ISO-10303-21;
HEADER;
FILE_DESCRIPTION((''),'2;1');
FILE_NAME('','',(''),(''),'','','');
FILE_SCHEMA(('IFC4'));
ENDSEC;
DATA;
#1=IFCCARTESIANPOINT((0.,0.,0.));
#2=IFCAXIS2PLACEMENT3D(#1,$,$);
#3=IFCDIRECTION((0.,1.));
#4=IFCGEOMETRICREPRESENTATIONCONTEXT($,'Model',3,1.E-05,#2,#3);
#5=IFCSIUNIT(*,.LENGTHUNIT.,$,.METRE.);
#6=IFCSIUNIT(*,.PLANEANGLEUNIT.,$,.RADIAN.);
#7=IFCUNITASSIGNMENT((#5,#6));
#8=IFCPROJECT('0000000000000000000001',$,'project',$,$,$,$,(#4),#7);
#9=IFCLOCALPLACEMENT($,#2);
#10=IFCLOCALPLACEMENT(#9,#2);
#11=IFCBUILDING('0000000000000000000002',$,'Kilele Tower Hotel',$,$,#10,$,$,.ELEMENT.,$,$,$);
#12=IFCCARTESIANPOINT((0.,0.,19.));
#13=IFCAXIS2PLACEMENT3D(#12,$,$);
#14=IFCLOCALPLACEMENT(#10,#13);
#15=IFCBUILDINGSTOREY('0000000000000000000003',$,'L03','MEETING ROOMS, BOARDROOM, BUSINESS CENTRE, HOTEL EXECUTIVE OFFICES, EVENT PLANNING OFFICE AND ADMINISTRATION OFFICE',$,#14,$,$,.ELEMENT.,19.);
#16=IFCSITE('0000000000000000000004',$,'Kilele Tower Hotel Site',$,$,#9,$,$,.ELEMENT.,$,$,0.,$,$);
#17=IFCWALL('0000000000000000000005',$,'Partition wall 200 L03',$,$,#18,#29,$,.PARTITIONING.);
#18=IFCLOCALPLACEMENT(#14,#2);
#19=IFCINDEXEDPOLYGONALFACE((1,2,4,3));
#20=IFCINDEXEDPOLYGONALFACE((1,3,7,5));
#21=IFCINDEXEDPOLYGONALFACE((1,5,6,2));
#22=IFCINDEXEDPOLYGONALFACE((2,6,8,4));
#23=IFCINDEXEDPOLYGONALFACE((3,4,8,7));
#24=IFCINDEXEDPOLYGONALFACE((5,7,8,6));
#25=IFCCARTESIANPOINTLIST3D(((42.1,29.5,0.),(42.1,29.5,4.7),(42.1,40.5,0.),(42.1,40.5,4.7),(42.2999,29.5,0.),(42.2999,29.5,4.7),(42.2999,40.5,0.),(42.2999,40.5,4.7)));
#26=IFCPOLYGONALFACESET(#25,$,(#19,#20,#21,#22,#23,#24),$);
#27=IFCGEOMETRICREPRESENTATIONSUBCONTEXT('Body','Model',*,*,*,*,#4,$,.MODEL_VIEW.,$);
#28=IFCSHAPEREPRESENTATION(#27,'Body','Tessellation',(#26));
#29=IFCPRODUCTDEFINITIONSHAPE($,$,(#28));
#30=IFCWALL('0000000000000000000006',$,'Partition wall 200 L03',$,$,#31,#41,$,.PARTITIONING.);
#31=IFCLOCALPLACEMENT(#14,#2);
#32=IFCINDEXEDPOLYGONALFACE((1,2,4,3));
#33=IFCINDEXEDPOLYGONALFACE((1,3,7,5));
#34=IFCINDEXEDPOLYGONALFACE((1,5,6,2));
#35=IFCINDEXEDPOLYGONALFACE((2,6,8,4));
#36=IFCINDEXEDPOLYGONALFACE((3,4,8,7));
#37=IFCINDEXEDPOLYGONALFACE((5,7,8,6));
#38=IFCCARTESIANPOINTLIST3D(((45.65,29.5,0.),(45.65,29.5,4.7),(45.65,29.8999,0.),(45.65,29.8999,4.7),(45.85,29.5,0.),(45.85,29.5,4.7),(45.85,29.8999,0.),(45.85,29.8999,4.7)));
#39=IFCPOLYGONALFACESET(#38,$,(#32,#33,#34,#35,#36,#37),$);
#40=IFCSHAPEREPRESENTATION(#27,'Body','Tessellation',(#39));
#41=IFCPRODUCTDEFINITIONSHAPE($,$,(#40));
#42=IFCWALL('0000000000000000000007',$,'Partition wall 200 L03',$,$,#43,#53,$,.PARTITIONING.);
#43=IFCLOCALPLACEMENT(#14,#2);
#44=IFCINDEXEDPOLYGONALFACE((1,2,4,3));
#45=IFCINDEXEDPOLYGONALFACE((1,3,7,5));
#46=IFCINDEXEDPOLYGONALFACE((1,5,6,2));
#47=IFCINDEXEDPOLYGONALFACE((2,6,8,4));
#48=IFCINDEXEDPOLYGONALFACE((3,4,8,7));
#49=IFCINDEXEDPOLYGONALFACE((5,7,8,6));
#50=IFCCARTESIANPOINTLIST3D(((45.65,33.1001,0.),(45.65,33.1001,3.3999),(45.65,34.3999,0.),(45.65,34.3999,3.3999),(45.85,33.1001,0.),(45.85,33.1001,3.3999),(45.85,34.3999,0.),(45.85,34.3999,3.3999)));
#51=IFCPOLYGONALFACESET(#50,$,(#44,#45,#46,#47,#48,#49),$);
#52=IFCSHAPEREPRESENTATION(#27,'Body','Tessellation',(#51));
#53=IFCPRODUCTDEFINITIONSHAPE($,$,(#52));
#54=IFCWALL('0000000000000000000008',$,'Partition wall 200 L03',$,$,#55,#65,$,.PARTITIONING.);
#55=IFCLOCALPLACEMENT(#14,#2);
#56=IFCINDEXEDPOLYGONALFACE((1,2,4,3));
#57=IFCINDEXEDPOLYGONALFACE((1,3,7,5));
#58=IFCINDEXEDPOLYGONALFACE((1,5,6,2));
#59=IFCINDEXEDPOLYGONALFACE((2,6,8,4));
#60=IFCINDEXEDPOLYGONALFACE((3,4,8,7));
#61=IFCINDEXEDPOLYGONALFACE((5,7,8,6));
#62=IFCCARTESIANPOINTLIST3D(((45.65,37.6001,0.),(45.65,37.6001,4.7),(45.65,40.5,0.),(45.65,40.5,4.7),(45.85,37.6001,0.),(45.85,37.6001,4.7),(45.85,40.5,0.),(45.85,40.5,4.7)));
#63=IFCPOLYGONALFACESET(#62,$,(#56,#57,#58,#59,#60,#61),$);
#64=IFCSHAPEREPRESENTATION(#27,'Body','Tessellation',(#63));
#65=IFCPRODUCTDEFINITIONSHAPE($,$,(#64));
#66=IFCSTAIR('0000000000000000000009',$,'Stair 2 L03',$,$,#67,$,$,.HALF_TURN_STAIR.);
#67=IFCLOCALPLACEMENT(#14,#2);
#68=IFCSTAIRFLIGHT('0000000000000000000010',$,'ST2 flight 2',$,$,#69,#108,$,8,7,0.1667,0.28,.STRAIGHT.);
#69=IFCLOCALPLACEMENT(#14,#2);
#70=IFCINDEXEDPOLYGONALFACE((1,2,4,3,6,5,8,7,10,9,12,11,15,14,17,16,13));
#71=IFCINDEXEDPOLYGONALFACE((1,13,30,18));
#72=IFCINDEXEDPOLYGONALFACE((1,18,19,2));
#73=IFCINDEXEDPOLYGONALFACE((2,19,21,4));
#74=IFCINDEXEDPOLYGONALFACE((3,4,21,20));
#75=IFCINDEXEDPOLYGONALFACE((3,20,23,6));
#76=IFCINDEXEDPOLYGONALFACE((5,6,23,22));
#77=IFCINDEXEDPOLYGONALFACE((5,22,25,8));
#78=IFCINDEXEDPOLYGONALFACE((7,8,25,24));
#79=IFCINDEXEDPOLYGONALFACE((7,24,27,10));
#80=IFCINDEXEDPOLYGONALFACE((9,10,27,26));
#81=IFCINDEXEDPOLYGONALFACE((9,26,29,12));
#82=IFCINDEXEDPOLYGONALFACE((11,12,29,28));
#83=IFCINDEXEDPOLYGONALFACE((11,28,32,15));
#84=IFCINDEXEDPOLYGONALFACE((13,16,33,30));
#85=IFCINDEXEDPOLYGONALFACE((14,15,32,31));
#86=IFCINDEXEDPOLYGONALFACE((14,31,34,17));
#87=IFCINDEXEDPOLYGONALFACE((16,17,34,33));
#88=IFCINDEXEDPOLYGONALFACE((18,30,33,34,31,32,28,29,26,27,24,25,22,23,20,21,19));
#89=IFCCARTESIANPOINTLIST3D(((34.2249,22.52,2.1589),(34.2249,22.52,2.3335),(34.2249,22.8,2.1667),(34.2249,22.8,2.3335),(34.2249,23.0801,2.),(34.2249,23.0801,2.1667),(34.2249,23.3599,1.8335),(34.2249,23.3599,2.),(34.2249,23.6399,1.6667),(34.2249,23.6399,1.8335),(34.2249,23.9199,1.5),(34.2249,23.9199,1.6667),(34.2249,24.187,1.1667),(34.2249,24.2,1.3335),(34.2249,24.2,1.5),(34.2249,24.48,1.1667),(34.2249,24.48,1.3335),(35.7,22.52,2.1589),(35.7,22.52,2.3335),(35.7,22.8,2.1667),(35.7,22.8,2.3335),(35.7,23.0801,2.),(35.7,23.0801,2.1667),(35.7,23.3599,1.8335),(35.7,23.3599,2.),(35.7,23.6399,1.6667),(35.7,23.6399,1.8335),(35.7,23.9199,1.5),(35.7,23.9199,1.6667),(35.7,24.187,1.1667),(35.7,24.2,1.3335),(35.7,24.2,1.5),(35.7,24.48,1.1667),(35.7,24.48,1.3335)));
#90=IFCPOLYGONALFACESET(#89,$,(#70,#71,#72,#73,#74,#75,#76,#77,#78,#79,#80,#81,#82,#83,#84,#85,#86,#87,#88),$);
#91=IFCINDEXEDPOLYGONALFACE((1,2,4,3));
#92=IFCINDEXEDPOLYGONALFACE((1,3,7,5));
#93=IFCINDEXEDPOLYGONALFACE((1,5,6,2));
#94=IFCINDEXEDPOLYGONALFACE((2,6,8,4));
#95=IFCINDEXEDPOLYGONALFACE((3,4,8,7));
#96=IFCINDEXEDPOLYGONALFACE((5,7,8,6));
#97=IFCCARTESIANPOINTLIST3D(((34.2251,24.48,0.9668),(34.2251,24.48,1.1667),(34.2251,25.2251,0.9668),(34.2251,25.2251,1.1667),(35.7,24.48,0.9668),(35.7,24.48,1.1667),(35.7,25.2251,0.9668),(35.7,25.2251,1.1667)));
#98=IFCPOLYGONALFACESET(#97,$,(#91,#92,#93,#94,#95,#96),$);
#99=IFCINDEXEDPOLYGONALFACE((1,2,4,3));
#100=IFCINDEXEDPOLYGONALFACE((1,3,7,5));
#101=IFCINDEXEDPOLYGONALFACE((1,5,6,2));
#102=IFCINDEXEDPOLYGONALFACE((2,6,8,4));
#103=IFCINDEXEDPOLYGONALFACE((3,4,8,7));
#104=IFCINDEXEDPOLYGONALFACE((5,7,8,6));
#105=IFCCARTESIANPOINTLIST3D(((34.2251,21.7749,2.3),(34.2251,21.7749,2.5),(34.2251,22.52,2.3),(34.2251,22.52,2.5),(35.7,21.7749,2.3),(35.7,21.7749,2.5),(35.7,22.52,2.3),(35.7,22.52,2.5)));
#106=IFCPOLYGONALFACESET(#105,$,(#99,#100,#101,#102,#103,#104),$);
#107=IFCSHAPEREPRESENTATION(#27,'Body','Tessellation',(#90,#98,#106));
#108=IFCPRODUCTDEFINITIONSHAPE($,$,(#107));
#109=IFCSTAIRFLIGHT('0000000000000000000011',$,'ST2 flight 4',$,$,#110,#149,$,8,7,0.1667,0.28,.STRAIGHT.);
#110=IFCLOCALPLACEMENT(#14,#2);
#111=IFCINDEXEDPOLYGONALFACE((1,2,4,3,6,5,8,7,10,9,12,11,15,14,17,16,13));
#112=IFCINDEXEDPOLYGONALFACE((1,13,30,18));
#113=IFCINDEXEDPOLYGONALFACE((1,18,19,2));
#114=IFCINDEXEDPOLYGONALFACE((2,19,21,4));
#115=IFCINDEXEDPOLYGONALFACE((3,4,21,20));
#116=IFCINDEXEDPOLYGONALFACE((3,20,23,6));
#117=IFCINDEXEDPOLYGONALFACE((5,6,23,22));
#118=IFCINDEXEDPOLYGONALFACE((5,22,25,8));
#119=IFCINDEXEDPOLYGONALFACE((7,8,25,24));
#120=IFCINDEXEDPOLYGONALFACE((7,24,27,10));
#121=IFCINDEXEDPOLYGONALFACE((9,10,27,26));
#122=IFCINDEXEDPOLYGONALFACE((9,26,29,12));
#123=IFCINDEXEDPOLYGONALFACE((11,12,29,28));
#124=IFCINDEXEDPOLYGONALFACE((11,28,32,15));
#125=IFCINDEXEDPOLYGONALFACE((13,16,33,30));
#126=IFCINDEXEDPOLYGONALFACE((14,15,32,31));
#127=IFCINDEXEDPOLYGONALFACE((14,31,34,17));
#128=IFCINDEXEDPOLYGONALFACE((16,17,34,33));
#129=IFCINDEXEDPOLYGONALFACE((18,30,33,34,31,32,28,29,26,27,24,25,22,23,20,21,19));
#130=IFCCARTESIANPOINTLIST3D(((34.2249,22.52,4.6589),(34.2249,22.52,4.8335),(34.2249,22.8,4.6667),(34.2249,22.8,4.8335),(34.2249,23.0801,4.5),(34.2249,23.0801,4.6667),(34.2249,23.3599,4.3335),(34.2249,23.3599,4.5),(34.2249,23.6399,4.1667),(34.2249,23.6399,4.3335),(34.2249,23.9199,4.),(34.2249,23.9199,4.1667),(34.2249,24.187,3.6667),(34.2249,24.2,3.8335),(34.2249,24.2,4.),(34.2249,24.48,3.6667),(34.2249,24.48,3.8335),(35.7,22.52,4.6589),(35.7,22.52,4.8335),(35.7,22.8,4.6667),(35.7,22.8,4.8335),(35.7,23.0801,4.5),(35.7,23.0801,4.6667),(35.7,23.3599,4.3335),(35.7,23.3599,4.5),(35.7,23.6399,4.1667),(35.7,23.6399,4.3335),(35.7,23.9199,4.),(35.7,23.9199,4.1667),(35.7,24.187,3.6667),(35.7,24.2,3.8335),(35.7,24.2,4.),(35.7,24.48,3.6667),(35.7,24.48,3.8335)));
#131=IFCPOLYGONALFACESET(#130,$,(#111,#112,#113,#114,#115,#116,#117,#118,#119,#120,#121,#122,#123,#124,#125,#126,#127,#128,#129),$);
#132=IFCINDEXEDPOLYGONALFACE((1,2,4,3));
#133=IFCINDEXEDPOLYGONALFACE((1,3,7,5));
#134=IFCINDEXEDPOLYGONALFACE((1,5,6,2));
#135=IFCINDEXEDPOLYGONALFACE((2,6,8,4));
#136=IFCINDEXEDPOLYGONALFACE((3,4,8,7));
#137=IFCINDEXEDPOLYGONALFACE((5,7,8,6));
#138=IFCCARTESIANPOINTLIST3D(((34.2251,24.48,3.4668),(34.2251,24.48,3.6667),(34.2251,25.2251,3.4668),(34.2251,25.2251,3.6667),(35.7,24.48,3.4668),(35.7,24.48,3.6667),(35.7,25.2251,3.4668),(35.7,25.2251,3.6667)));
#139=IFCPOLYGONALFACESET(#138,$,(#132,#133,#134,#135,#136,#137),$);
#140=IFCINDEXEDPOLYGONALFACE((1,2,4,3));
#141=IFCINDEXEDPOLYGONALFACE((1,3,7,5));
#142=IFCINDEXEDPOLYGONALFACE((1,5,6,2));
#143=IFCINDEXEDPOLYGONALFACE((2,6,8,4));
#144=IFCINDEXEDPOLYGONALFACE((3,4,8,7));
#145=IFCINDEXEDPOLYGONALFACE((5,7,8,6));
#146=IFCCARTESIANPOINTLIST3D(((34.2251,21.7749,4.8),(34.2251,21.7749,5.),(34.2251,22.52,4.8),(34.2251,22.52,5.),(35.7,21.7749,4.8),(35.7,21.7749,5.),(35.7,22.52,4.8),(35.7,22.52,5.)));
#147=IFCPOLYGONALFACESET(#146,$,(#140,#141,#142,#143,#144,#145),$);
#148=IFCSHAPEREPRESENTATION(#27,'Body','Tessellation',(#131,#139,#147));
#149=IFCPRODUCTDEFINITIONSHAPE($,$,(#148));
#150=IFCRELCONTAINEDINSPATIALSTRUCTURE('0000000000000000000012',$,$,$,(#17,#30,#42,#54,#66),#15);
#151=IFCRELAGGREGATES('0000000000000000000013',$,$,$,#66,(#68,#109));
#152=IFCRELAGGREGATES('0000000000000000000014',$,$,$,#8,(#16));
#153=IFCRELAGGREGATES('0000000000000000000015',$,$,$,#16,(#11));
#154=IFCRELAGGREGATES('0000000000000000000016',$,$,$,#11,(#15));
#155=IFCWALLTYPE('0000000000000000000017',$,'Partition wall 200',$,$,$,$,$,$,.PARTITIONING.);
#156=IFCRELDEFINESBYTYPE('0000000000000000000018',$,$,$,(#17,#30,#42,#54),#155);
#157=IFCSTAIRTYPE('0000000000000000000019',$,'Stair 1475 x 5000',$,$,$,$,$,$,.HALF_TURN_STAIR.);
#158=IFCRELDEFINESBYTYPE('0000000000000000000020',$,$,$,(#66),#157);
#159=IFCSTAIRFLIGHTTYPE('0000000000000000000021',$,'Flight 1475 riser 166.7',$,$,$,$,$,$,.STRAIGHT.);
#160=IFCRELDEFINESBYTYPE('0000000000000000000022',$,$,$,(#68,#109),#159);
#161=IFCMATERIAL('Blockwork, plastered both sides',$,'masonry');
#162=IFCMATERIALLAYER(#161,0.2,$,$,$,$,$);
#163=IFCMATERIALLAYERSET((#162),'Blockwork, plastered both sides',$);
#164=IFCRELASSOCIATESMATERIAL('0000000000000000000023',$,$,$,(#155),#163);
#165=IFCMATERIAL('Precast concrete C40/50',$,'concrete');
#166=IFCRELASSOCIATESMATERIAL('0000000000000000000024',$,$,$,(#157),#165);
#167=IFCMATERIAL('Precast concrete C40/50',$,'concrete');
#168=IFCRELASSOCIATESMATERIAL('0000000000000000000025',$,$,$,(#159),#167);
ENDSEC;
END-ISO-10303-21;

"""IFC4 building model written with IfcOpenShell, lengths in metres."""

from ifc_helpers import new_model, si_unit, direction, frame, frame_2d, origin, place, context, subcontext, project, spatial, polyline, rectangle, outline, extrude, material, layer, layer_set, type_object, element, aggregate, save


model = new_model("IFC4")

# Units and contexts
model_context = context("Model", 3, precision=1e-05, world=origin(), true_north=direction((0.0, 1.0)))
body_context = subcontext(model_context, "Body", "Model", "MODEL_VIEW")
ifc_project = project(units=[si_unit("LENGTHUNIT", "METRE"), si_unit("PLANEANGLEUNIT", "RADIAN")], contexts=[model_context])

# Site, building, storey
site_placement = place(None, origin())
site = spatial("IfcSite", under=ifc_project, at=site_placement, Name="Kilele Tower Hotel Site", CompositionType="ELEMENT", RefElevation=0.0)
building_placement = place(site_placement, origin())
building = spatial("IfcBuilding", under=site, at=building_placement, Name="Kilele Tower Hotel", CompositionType="ELEMENT")
storey_placement = place(building_placement, frame((0.0, 0.0, 19.0)))
storey = spatial("IfcBuildingStorey", under=building, at=storey_placement, Name="L03", Description="MEETING ROOMS, BOARDROOM, BUSINESS CENTRE, HOTEL EXECUTIVE OFFICES, EVENT PLANNING OFFICE AND ADMINISTRATION OFFICE", CompositionType="ELEMENT", Elevation=19.0)

# Shared definitions
ifc_material_1 = material(Name="Blockwork, plastered both sides", Category="masonry")
ifc_layer_1 = layer(ifc_material_1, 0.2)
ifc_layer_set_1 = layer_set([ifc_layer_1], Name="Blockwork, plastered both sides")
wall_type_1 = type_object("IfcWallType", Name="Partition wall 200", PredefinedType="PARTITIONING", material=ifc_layer_set_1)

# Walls
wall_1_placement = place(storey_placement, frame((42.2, 29.5, 0.0), z_axis=(0.0, 0.0, 1.0), x_axis=(0.0, 1.0, 0.0)))
element("IfcWall", 1, at=wall_1_placement, inside=storey, type_object=wall_type_1, Name="Partition wall 200 L03", PredefinedType="PARTITIONING", context=body_context, shape_type="SweptSolid", body=[
    extrude(rectangle(XDim=11.0, YDim=0.2, at=frame_2d((5.5, 0.0))), origin(), (0.0, 0.0, 1.0), 4.7),
])
wall_2_placement = place(storey_placement, frame((45.75, 29.5, 0.0), z_axis=(0.0, 0.0, 1.0), x_axis=(0.0, 1.0, 0.0)))
element("IfcWall", 2, at=wall_2_placement, inside=storey, type_object=wall_type_1, Name="Partition wall 200 L03", PredefinedType="PARTITIONING", context=body_context, shape_type="SweptSolid", body=[
    extrude(rectangle(XDim=0.3999, YDim=0.2, at=frame_2d((0.2, 0.0))), origin(), (0.0, 0.0, 1.0), 4.7),
])
wall_3_placement = place(storey_placement, frame((45.75, 33.1001, 0.0), z_axis=(0.0, 0.0, 1.0), x_axis=(0.0, 1.0, 0.0)))
element("IfcWall", 3, at=wall_3_placement, inside=storey, type_object=wall_type_1, Name="Partition wall 200 L03", PredefinedType="PARTITIONING", context=body_context, shape_type="SweptSolid", body=[
    extrude(rectangle(XDim=1.2998, YDim=0.2, at=frame_2d((0.6499, 0.0))), origin(), (0.0, 0.0, 1.0), 3.3999),
])
wall_4_placement = place(storey_placement, frame((45.75, 37.6001, 0.0), z_axis=(0.0, 0.0, 1.0), x_axis=(0.0, 1.0, 0.0)))
element("IfcWall", 4, at=wall_4_placement, inside=storey, type_object=wall_type_1, Name="Partition wall 200 L03", PredefinedType="PARTITIONING", context=body_context, shape_type="SweptSolid", body=[
    extrude(rectangle(XDim=2.8999, YDim=0.2, at=frame_2d((1.45, 0.0))), origin(), (0.0, 0.0, 1.0), 4.7),
])

# Stair, stair flights
ifc_material_2 = material(Name="Precast concrete C40/50", Category="concrete")
stair_type = type_object("IfcStairType", Name="Stair 1475 x 5000", PredefinedType="HALF_TURN_STAIR", material=ifc_material_2)
stair_placement = place(storey_placement, origin())
stair = element("IfcStair", 5, at=stair_placement, inside=storey, type_object=stair_type, Name="Stair 2 L03", PredefinedType="HALF_TURN_STAIR")
ifc_material_3 = material(Name="Precast concrete C40/50", Category="concrete")
stair_flight_type = type_object("IfcStairFlightType", Name="Flight 1475 riser 166.7", PredefinedType="STRAIGHT", material=ifc_material_3)
stair_flight_1_placement = place(storey_placement, frame((34.9624, 24.48, 1.1667), z_axis=(0.0, 0.0, 1.0), x_axis=(0.0, -1.0, 0.0)))
stair_flight_1 = element("IfcStairFlight", 6, at=stair_flight_1_placement, type_object=stair_flight_type, Name="ST2 flight 2", NumberOfRisers=8, NumberOfTreads=7, PredefinedType="STRAIGHT", RiserHeight=0.1667, TreadLength=0.28, context=body_context, shape_type="SweptSolid", body=[
    extrude(outline(polyline([(0.0, 0.0), (0.0, 0.1667), (0.28, 0.1667), (0.28, 0.3333), (0.5601, 0.3333), (0.5601, 0.5), (0.8401, 0.5), (0.8401, 0.6667), (1.1201, 0.6667), (1.1201, 0.8333), (1.3999, 0.8333), (1.3999, 1.0), (1.6799, 1.0), (1.6799, 1.1667), (1.96, 1.1667), (1.96, 1.3333), (1.96, 0.9922), (0.293, 0.0), (0.0, 0.0)])), frame((0.0, 0.7375, 0.0), z_axis=(0.0, -1.0, 0.0), x_axis=(1.0, 0.0, 0.0)), (0.0, 0.0, 1.0), 1.4751),
    extrude(outline(polyline([(0.0, -0.7373), (0.0, 0.7375), (-0.7451, 0.7375), (-0.7451, -0.7373), (0.0, -0.7373)])), frame((0.0, 0.0, -0.2)), (0.0, 0.0, 1.0), 0.2),
    extrude(outline(polyline([(2.7051, -0.7373), (2.7051, 0.7375), (1.96, 0.7375), (1.96, -0.7373), (2.7051, -0.7373)])), frame((0.0, 0.0, 1.1333)), (0.0, 0.0, 1.0), 0.2),
])
stair_flight_2_placement = place(storey_placement, frame((34.9624, 24.48, 3.6667), z_axis=(0.0, 0.0, 1.0), x_axis=(0.0, -1.0, 0.0)))
stair_flight_2 = element("IfcStairFlight", 7, at=stair_flight_2_placement, type_object=stair_flight_type, Name="ST2 flight 4", NumberOfRisers=8, NumberOfTreads=7, PredefinedType="STRAIGHT", RiserHeight=0.1667, TreadLength=0.28, context=body_context, shape_type="SweptSolid", body=[
    extrude(outline(polyline([(0.0, 0.0), (0.0, 0.1667), (0.28, 0.1667), (0.28, 0.3333), (0.5601, 0.3333), (0.5601, 0.5), (0.8401, 0.5), (0.8401, 0.6667), (1.1201, 0.6667), (1.1201, 0.8333), (1.3999, 0.8333), (1.3999, 1.0), (1.6799, 1.0), (1.6799, 1.1667), (1.96, 1.1667), (1.96, 1.3333), (1.96, 0.9922), (0.293, 0.0), (0.0, 0.0)])), frame((0.0, 0.7375, 0.0), z_axis=(0.0, -1.0, 0.0), x_axis=(1.0, 0.0, 0.0)), (0.0, 0.0, 1.0), 1.4751),
    extrude(outline(polyline([(0.0, -0.7373), (0.0, 0.7375), (-0.7451, 0.7375), (-0.7451, -0.7373), (0.0, -0.7373)])), frame((0.0, 0.0, -0.2)), (0.0, 0.0, 1.0), 0.2),
    extrude(outline(polyline([(2.7051, -0.7373), (2.7051, 0.7375), (1.96, 0.7375), (1.96, -0.7373), (2.7051, -0.7373)])), frame((0.0, 0.0, 1.1333)), (0.0, 0.0, 1.0), 0.2),
])
aggregate(stair, [stair_flight_1, stair_flight_2])

save(model, "model.ifc")
